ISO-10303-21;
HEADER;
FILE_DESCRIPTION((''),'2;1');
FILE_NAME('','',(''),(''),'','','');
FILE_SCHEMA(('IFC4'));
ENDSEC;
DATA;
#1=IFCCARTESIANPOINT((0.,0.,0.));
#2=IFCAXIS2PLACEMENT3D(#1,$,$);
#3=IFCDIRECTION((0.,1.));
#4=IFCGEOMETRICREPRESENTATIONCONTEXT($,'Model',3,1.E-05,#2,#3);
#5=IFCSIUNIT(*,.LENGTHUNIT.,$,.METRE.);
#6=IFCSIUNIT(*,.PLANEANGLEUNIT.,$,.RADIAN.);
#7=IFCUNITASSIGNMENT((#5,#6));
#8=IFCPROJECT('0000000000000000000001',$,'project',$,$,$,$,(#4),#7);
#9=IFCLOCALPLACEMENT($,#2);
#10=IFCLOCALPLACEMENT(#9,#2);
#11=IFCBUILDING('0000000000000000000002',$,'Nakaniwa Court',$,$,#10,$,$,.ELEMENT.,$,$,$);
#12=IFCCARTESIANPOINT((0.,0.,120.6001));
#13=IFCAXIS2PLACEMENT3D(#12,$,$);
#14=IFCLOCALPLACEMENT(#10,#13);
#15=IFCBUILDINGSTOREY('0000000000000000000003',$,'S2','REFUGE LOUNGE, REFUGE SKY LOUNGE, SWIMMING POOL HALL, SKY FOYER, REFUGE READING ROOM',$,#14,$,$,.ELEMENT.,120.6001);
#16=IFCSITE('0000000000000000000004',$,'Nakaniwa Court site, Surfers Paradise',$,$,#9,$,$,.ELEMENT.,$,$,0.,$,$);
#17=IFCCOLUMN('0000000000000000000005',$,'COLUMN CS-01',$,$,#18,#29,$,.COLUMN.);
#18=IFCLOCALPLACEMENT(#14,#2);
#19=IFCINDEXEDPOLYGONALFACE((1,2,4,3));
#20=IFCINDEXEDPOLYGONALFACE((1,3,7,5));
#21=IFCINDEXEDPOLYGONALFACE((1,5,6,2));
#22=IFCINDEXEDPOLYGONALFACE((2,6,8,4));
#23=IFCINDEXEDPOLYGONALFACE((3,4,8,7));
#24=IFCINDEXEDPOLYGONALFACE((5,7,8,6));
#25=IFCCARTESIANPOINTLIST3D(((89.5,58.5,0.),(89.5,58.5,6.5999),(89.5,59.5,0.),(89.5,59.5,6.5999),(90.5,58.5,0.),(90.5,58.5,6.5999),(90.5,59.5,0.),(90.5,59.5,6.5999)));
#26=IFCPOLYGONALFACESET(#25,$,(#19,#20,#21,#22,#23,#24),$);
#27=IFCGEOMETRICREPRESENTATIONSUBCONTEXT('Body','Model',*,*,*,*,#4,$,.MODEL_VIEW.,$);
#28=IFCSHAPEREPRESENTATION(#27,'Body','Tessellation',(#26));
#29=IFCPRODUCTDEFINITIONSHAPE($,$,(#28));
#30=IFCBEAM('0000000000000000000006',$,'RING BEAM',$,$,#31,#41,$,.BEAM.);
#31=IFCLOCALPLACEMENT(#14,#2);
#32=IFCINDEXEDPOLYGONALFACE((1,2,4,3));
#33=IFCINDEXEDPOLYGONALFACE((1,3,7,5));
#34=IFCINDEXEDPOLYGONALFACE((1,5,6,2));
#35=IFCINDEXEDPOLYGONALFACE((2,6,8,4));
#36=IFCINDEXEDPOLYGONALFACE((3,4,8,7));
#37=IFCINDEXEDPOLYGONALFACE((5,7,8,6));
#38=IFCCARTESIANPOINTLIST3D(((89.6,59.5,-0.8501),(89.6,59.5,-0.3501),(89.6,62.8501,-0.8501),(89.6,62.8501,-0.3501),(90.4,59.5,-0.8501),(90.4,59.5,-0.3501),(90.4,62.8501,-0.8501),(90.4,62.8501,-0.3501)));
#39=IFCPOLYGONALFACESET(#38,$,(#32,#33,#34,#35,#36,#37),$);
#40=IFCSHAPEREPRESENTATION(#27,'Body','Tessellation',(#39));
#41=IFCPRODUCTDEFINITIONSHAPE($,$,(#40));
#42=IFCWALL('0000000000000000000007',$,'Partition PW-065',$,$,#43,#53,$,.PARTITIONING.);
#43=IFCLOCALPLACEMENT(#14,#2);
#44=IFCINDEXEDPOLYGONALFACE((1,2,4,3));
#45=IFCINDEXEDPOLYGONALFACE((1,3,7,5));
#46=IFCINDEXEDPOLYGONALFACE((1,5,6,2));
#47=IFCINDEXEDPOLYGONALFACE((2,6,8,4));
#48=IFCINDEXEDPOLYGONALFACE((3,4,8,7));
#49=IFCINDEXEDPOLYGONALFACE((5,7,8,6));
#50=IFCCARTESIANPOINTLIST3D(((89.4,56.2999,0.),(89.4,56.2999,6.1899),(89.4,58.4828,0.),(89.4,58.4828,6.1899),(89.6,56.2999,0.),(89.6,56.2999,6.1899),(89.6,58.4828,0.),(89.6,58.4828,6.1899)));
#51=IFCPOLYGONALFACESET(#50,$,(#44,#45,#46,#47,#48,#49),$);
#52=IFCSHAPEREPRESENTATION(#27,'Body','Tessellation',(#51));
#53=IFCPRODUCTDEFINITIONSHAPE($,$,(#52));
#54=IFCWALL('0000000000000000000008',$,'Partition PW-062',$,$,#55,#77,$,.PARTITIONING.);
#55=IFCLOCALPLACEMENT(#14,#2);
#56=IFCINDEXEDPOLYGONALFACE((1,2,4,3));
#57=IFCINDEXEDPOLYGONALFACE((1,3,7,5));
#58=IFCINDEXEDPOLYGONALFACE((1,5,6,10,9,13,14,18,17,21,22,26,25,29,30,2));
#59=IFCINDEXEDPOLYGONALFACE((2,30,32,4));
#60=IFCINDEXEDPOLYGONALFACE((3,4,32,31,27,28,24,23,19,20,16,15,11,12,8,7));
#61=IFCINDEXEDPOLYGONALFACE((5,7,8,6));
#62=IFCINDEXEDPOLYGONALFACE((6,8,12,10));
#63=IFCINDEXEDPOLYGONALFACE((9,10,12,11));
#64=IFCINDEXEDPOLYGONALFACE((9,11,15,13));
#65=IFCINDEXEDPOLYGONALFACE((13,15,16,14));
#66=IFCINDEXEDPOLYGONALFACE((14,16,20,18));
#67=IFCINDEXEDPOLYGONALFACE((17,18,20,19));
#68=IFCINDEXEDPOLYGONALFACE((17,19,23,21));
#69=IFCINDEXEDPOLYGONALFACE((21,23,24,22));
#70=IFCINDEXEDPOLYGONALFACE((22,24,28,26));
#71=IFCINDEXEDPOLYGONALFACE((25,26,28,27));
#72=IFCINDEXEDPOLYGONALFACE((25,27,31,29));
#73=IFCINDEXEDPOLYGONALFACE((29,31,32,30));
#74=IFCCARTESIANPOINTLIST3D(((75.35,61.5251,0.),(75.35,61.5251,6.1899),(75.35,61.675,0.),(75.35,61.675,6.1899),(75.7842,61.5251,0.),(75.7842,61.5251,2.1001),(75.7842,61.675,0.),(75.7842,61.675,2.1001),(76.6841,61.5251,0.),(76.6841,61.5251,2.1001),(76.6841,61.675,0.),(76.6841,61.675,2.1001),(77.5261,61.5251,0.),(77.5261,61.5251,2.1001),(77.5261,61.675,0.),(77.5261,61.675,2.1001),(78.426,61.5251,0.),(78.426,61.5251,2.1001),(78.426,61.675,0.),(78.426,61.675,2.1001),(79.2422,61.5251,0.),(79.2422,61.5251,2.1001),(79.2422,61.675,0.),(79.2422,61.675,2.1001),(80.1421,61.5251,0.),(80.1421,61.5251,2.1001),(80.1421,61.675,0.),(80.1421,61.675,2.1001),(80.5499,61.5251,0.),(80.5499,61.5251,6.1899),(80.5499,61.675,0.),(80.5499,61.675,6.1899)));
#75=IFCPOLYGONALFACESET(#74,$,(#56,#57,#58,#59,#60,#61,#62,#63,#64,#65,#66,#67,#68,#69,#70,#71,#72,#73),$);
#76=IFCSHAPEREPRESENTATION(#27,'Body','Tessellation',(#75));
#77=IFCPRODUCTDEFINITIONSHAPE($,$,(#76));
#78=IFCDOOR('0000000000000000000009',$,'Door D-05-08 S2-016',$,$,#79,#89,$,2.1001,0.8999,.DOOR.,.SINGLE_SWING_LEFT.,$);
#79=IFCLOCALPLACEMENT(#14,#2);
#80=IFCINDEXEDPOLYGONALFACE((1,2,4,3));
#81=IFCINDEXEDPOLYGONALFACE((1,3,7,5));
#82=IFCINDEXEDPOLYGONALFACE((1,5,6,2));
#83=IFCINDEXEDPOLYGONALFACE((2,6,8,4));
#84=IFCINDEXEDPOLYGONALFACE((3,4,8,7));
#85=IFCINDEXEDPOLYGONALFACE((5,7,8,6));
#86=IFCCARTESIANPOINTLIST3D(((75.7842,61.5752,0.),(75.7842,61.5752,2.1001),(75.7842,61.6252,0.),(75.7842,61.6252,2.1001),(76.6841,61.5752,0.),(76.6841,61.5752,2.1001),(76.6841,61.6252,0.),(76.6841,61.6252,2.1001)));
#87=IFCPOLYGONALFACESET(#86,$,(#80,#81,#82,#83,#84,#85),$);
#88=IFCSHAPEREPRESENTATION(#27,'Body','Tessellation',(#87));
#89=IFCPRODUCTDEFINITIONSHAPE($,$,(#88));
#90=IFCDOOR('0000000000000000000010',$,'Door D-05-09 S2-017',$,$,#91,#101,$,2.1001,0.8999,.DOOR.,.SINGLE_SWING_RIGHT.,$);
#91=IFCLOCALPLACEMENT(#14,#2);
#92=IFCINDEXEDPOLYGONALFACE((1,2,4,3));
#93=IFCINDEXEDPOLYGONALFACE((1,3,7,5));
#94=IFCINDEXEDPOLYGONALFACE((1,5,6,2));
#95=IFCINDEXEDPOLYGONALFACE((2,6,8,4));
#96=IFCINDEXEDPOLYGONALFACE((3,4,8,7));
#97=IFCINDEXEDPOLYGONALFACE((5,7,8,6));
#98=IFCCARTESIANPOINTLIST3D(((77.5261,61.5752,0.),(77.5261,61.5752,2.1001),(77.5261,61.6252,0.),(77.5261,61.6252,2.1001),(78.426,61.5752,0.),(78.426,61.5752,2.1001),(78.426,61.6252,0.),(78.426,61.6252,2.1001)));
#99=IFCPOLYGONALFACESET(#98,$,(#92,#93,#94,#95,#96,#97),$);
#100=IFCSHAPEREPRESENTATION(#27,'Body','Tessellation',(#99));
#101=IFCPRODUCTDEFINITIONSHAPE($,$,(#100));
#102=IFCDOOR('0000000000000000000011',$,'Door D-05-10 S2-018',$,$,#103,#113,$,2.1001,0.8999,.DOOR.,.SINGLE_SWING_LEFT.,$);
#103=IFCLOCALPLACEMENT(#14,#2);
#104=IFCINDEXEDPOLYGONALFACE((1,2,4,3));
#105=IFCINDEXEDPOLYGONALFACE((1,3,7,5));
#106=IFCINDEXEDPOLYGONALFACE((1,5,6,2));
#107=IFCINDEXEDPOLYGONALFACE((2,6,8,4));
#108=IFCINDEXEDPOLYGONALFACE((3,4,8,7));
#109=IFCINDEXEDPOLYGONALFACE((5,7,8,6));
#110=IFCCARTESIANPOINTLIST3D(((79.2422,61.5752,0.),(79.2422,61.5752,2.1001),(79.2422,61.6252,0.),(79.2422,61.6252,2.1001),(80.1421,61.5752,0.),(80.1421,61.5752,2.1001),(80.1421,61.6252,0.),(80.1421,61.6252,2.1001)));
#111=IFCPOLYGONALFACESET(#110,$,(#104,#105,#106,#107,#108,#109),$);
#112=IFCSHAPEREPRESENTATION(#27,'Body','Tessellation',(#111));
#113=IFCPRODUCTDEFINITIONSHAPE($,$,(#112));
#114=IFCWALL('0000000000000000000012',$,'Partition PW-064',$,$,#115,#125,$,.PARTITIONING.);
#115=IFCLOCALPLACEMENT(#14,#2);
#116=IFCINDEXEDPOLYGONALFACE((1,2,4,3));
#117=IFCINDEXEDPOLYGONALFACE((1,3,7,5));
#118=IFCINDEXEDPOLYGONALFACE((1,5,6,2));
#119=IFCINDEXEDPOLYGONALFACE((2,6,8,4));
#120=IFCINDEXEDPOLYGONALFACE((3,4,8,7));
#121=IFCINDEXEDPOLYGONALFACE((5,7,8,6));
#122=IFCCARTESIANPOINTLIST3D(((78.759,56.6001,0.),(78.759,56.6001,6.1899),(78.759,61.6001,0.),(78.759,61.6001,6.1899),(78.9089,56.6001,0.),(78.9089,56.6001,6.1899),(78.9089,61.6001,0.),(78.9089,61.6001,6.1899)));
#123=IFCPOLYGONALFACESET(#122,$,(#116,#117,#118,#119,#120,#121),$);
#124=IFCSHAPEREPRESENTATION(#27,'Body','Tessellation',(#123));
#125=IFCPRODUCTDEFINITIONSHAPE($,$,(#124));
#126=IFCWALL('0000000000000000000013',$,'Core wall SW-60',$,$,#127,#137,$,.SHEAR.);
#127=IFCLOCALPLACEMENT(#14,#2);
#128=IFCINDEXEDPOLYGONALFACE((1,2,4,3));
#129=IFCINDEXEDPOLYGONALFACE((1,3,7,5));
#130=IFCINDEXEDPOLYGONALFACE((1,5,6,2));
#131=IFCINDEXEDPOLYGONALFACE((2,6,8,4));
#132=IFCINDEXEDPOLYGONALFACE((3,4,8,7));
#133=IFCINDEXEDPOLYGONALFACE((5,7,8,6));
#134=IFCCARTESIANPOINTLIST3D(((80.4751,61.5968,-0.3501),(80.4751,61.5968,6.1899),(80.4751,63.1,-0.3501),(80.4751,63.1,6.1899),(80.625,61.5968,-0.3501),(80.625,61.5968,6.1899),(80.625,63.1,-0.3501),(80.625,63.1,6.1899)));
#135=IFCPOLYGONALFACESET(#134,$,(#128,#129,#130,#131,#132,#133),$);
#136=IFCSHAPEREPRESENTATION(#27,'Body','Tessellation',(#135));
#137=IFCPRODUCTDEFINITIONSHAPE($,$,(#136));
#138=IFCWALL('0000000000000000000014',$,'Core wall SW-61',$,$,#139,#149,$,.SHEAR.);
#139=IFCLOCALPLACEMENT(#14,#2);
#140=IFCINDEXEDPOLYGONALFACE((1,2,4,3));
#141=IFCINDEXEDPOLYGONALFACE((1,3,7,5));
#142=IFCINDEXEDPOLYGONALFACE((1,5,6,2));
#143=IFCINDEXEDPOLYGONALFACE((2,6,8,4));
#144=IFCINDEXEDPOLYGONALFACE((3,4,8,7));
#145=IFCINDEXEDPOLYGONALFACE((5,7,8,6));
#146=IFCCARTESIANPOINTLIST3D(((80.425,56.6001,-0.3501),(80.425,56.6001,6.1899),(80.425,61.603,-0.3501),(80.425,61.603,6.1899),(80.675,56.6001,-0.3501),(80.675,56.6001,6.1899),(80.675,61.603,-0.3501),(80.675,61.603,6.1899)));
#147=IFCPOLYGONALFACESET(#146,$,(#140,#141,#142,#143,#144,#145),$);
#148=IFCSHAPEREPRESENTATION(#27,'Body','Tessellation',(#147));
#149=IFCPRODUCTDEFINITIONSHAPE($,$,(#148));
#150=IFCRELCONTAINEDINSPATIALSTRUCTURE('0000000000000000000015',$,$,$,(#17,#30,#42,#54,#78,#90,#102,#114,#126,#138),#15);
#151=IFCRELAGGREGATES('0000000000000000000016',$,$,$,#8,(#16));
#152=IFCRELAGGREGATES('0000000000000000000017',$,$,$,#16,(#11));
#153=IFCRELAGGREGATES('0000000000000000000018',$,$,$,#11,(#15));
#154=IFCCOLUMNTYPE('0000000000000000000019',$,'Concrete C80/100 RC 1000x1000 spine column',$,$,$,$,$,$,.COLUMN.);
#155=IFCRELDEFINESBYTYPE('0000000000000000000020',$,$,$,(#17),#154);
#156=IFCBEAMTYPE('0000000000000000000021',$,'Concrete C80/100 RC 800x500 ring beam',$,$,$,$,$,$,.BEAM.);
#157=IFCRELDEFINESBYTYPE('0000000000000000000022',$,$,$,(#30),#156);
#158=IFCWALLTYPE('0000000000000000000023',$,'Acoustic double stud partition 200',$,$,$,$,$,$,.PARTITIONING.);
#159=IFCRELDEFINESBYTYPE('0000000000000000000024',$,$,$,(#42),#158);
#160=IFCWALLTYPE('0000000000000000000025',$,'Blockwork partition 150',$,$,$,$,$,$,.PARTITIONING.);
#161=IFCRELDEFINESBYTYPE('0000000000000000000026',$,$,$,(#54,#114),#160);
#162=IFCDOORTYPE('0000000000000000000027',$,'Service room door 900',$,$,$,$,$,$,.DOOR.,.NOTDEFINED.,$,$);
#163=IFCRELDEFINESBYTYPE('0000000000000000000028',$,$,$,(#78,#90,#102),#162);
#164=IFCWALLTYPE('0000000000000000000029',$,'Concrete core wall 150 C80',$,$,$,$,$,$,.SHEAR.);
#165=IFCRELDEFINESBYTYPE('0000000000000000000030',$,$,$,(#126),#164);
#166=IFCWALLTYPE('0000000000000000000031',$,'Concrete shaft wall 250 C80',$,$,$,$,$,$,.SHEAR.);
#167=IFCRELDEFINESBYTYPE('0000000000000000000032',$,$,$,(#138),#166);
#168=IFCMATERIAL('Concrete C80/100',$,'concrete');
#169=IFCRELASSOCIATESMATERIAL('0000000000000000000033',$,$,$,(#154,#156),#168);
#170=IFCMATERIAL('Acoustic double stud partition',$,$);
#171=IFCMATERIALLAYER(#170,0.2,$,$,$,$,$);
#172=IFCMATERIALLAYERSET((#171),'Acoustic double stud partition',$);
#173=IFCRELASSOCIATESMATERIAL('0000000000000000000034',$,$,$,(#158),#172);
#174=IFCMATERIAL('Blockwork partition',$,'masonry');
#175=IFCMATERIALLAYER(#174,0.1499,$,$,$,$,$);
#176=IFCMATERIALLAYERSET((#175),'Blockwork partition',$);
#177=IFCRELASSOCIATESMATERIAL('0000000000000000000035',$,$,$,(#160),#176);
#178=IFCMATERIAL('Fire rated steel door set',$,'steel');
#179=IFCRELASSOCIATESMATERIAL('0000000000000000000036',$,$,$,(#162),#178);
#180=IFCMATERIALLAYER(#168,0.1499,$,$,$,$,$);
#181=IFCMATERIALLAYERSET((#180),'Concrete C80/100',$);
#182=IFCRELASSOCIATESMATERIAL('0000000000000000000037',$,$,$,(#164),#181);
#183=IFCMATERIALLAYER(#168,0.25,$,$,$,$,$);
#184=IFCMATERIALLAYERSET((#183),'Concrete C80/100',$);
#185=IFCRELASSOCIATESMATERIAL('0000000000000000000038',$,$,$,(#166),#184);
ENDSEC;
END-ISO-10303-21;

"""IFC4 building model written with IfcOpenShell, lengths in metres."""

from ifc_helpers import new_model, si_unit, direction, frame, frame_2d, origin, origin_2d, place, context, subcontext, project, spatial, rectangle, extrude, material, layer, layer_set, material_profile, profile_set, type_object, element, fill, save


model = new_model("IFC4")

# Units and contexts
model_context = context("Model", 3, precision=1e-05, world=origin(), true_north=direction((0.0, 1.0)))
body_context = subcontext(model_context, "Body", "Model", "MODEL_VIEW")
ifc_project = project(units=[si_unit("LENGTHUNIT", "METRE"), si_unit("PLANEANGLEUNIT", "RADIAN")], contexts=[model_context])

# Site, building, storey
site_placement = place(None, origin())
site = spatial("IfcSite", under=ifc_project, at=site_placement, Name="Nakaniwa Court site, Surfers Paradise", CompositionType="ELEMENT", RefElevation=0.0)
building_placement = place(site_placement, origin())
building = spatial("IfcBuilding", under=site, at=building_placement, Name="Nakaniwa Court", CompositionType="ELEMENT")
storey_placement = place(building_placement, frame((0.0, 0.0, 120.6001)))
storey = spatial("IfcBuildingStorey", under=building, at=storey_placement, Name="S2", Description="REFUGE LOUNGE, REFUGE SKY LOUNGE, SWIMMING POOL HALL, SKY FOYER, REFUGE READING ROOM", CompositionType="ELEMENT", Elevation=120.6001)

# Column
ifc_material_1 = material(Name="Concrete C80/100", Category="concrete")
ifc_material_profile_1 = material_profile(ifc_material_1, rectangle(XDim=1.0, YDim=1.0, at=origin_2d()), Name="Concrete C80/100 RC 1000x1000 spine column")
ifc_profile_set_1 = profile_set([ifc_material_profile_1], Name="Concrete C80/100")
column_type = type_object("IfcColumnType", Name="Concrete C80/100 RC 1000x1000 spine column", PredefinedType="COLUMN", material=ifc_profile_set_1)
column_placement = place(storey_placement, frame((90.0, 59.0, 0.0), z_axis=(0.0, 0.0, 1.0), x_axis=(0.0, 1.0, 0.0)))
element("IfcColumn", 1, at=column_placement, inside=storey, type_object=column_type, Name="COLUMN CS-01", PredefinedType="COLUMN", context=body_context, shape_type="SweptSolid", body=[
    extrude(rectangle(XDim=1.0, YDim=1.0, at=origin_2d()), origin(), (0.0, 0.0, 1.0), 6.5999),
])

# Beam
ifc_material_profile_2 = material_profile(ifc_material_1, rectangle(XDim=0.8, YDim=0.5, at=origin_2d()), Name="Concrete C80/100 RC 800x500 ring beam")
ifc_profile_set_2 = profile_set([ifc_material_profile_2], Name="Concrete C80/100")
beam_type = type_object("IfcBeamType", Name="Concrete C80/100 RC 800x500 ring beam", PredefinedType="BEAM", material=ifc_profile_set_2)
beam_placement = place(storey_placement, frame((90.0, 59.5, -0.6001), z_axis=(0.0, 1.0, 0.0), x_axis=(-1.0, 0.0, 0.0)))
element("IfcBeam", 2, at=beam_placement, inside=storey, type_object=beam_type, Name="RING BEAM", PredefinedType="BEAM", context=body_context, shape_type="SweptSolid", body=[
    extrude(rectangle(XDim=0.8, YDim=0.5, at=origin_2d()), origin(), (0.0, 0.0, 1.0), 3.3501),
])

# Wall
ifc_material_2 = material(Name="Acoustic double stud partition")
ifc_layer_1 = layer(ifc_material_2, 0.2)
ifc_layer_set_1 = layer_set([ifc_layer_1], Name="Acoustic double stud partition")
wall_type_1 = type_object("IfcWallType", Name="Acoustic double stud partition 200", PredefinedType="PARTITIONING", material=ifc_layer_set_1)
wall_1_placement = place(storey_placement, frame((89.5, 56.3, 0.0), z_axis=(0.0, 0.0, 1.0), x_axis=(0.0, 1.0, 0.0)))
element("IfcWall", 3, at=wall_1_placement, inside=storey, type_object=wall_type_1, Name="Partition PW-065", PredefinedType="PARTITIONING", context=body_context, shape_type="SweptSolid", body=[
    extrude(rectangle(XDim=2.1829, YDim=0.2, at=frame_2d((1.0913, 0.0))), origin(), (0.0, 0.0, 1.0), 6.1899),
])

# Wall, openings, doors
ifc_material_3 = material(Name="Blockwork partition", Category="masonry")
ifc_layer_2 = layer(ifc_material_3, 0.1499)
ifc_layer_set_2 = layer_set([ifc_layer_2], Name="Blockwork partition")
wall_type_2 = type_object("IfcWallType", Name="Blockwork partition 150", PredefinedType="PARTITIONING", material=ifc_layer_set_2)
wall_2_placement = place(storey_placement, frame((80.55, 61.6001, 0.0), z_axis=(0.0, 0.0, 1.0), x_axis=(-1.0, 0.0, 0.0)))
wall_2 = element("IfcWall", 4, at=wall_2_placement, inside=storey, type_object=wall_type_2, Name="Partition PW-062", PredefinedType="PARTITIONING", context=body_context, shape_type="SweptSolid", body=[
    extrude(rectangle(XDim=5.2, YDim=0.1499, at=frame_2d((2.6001, 0.0))), origin(), (0.0, 0.0, 1.0), 6.1899),
])
opening_1_placement = place(wall_2_placement, frame((3.866, 0.0, 0.0)))
opening_1 = element("IfcOpeningElement", 5, at=opening_1_placement, cuts=wall_2, PredefinedType="OPENING", context=body_context, shape_type="SweptSolid", body=[
    extrude(rectangle(XDim=0.8999, YDim=2.1001, at=frame_2d((0.45, 1.05))), frame((0.0, 0.085, 0.0), z_axis=(0.0, -1.0, 0.0), x_axis=(1.0, 0.0, 0.0)), (0.0, 0.0, 1.0), 0.1699),
])
opening_2_placement = place(wall_2_placement, frame((2.124, 0.0, 0.0)))
opening_2 = element("IfcOpeningElement", 6, at=opening_2_placement, cuts=wall_2, PredefinedType="OPENING", context=body_context, shape_type="SweptSolid", body=[
    extrude(rectangle(XDim=0.8999, YDim=2.1001, at=frame_2d((0.45, 1.05))), frame((0.0, 0.085, 0.0), z_axis=(0.0, -1.0, 0.0), x_axis=(1.0, 0.0, 0.0)), (0.0, 0.0, 1.0), 0.1699),
])
opening_3_placement = place(wall_2_placement, frame((0.408, 0.0, 0.0)))
opening_3 = element("IfcOpeningElement", 7, at=opening_3_placement, cuts=wall_2, PredefinedType="OPENING", context=body_context, shape_type="SweptSolid", body=[
    extrude(rectangle(XDim=0.8999, YDim=2.1001, at=frame_2d((0.45, 1.05))), frame((0.0, 0.085, 0.0), z_axis=(0.0, -1.0, 0.0), x_axis=(1.0, 0.0, 0.0)), (0.0, 0.0, 1.0), 0.1699),
])
ifc_material_4 = material(Name="Fire rated steel door set", Category="steel")
door_type = type_object("IfcDoorType", Name="Service room door 900", OperationType="NOTDEFINED", PredefinedType="DOOR", material=ifc_material_4)
door_1_placement = place(opening_1_placement, origin())
door_1 = element("IfcDoor", 8, at=door_1_placement, inside=storey, type_object=door_type, Name="Door D-05-08 S2-016", OperationType="SINGLE_SWING_LEFT", OverallHeight=2.1001, OverallWidth=0.8999, PredefinedType="DOOR", context=body_context, shape_type="SweptSolid", body=[
    extrude(rectangle(XDim=0.8999, YDim=2.1001, at=frame_2d((0.45, 1.05))), frame((0.0, 0.0249, 0.0), z_axis=(0.0, -1.0, 0.0), x_axis=(1.0, 0.0, 0.0)), (0.0, 0.0, 1.0), 0.05),
])
fill(opening_1, door_1)
door_2_placement = place(opening_2_placement, origin())
door_2 = element("IfcDoor", 9, at=door_2_placement, inside=storey, type_object=door_type, Name="Door D-05-09 S2-017", OperationType="SINGLE_SWING_RIGHT", OverallHeight=2.1001, OverallWidth=0.8999, PredefinedType="DOOR", context=body_context, shape_type="SweptSolid", body=[
    extrude(rectangle(XDim=0.8999, YDim=2.1001, at=frame_2d((0.45, 1.05))), frame((0.0, 0.0249, 0.0), z_axis=(0.0, -1.0, 0.0), x_axis=(1.0, 0.0, 0.0)), (0.0, 0.0, 1.0), 0.05),
])
fill(opening_2, door_2)
door_3_placement = place(opening_3_placement, origin())
door_3 = element("IfcDoor", 10, at=door_3_placement, inside=storey, type_object=door_type, Name="Door D-05-10 S2-018", OperationType="SINGLE_SWING_LEFT", OverallHeight=2.1001, OverallWidth=0.8999, PredefinedType="DOOR", context=body_context, shape_type="SweptSolid", body=[
    extrude(rectangle(XDim=0.8999, YDim=2.1001, at=frame_2d((0.45, 1.05))), frame((0.0, 0.0249, 0.0), z_axis=(0.0, -1.0, 0.0), x_axis=(1.0, 0.0, 0.0)), (0.0, 0.0, 1.0), 0.05),
])
fill(opening_3, door_3)

# Walls
wall_3_placement = place(storey_placement, frame((78.834, 56.6001, 0.0), z_axis=(0.0, 0.0, 1.0), x_axis=(0.0, 1.0, 0.0)))
element("IfcWall", 11, at=wall_3_placement, inside=storey, type_object=wall_type_2, Name="Partition PW-064", PredefinedType="PARTITIONING", context=body_context, shape_type="SweptSolid", body=[
    extrude(rectangle(XDim=5.0, YDim=0.1499, at=frame_2d((2.5, 0.0))), origin(), (0.0, 0.0, 1.0), 6.1899),
])
ifc_layer_3 = layer(ifc_material_1, 0.1499)
ifc_layer_set_3 = layer_set([ifc_layer_3], Name="Concrete C80/100")
wall_type_3 = type_object("IfcWallType", Name="Concrete core wall 150 C80", PredefinedType="SHEAR", material=ifc_layer_set_3)
wall_4_placement = place(storey_placement, frame((80.55, 61.5969, -0.3501), z_axis=(0.0, 0.0, 1.0), x_axis=(0.0, 1.0, 0.0)))
element("IfcWall", 12, at=wall_4_placement, inside=storey, type_object=wall_type_3, Name="Core wall SW-60", PredefinedType="SHEAR", context=body_context, shape_type="SweptSolid", body=[
    extrude(rectangle(XDim=1.5032, YDim=0.1499, at=frame_2d((0.7515, 0.0))), origin(), (0.0, 0.0, 1.0), 6.54),
])
ifc_layer_4 = layer(ifc_material_1, 0.25)
ifc_layer_set_4 = layer_set([ifc_layer_4], Name="Concrete C80/100")
wall_type_4 = type_object("IfcWallType", Name="Concrete shaft wall 250 C80", PredefinedType="SHEAR", material=ifc_layer_set_4)
wall_5_placement = place(storey_placement, frame((80.55, 56.6001, -0.3501), z_axis=(0.0, 0.0, 1.0), x_axis=(0.0, 1.0, 0.0)))
element("IfcWall", 13, at=wall_5_placement, inside=storey, type_object=wall_type_4, Name="Core wall SW-61", PredefinedType="SHEAR", context=body_context, shape_type="SweptSolid", body=[
    extrude(rectangle(XDim=5.0029, YDim=0.25, at=frame_2d((2.5015, 0.0))), origin(), (0.0, 0.0, 1.0), 6.54),
])

save(model, "model.ifc")
